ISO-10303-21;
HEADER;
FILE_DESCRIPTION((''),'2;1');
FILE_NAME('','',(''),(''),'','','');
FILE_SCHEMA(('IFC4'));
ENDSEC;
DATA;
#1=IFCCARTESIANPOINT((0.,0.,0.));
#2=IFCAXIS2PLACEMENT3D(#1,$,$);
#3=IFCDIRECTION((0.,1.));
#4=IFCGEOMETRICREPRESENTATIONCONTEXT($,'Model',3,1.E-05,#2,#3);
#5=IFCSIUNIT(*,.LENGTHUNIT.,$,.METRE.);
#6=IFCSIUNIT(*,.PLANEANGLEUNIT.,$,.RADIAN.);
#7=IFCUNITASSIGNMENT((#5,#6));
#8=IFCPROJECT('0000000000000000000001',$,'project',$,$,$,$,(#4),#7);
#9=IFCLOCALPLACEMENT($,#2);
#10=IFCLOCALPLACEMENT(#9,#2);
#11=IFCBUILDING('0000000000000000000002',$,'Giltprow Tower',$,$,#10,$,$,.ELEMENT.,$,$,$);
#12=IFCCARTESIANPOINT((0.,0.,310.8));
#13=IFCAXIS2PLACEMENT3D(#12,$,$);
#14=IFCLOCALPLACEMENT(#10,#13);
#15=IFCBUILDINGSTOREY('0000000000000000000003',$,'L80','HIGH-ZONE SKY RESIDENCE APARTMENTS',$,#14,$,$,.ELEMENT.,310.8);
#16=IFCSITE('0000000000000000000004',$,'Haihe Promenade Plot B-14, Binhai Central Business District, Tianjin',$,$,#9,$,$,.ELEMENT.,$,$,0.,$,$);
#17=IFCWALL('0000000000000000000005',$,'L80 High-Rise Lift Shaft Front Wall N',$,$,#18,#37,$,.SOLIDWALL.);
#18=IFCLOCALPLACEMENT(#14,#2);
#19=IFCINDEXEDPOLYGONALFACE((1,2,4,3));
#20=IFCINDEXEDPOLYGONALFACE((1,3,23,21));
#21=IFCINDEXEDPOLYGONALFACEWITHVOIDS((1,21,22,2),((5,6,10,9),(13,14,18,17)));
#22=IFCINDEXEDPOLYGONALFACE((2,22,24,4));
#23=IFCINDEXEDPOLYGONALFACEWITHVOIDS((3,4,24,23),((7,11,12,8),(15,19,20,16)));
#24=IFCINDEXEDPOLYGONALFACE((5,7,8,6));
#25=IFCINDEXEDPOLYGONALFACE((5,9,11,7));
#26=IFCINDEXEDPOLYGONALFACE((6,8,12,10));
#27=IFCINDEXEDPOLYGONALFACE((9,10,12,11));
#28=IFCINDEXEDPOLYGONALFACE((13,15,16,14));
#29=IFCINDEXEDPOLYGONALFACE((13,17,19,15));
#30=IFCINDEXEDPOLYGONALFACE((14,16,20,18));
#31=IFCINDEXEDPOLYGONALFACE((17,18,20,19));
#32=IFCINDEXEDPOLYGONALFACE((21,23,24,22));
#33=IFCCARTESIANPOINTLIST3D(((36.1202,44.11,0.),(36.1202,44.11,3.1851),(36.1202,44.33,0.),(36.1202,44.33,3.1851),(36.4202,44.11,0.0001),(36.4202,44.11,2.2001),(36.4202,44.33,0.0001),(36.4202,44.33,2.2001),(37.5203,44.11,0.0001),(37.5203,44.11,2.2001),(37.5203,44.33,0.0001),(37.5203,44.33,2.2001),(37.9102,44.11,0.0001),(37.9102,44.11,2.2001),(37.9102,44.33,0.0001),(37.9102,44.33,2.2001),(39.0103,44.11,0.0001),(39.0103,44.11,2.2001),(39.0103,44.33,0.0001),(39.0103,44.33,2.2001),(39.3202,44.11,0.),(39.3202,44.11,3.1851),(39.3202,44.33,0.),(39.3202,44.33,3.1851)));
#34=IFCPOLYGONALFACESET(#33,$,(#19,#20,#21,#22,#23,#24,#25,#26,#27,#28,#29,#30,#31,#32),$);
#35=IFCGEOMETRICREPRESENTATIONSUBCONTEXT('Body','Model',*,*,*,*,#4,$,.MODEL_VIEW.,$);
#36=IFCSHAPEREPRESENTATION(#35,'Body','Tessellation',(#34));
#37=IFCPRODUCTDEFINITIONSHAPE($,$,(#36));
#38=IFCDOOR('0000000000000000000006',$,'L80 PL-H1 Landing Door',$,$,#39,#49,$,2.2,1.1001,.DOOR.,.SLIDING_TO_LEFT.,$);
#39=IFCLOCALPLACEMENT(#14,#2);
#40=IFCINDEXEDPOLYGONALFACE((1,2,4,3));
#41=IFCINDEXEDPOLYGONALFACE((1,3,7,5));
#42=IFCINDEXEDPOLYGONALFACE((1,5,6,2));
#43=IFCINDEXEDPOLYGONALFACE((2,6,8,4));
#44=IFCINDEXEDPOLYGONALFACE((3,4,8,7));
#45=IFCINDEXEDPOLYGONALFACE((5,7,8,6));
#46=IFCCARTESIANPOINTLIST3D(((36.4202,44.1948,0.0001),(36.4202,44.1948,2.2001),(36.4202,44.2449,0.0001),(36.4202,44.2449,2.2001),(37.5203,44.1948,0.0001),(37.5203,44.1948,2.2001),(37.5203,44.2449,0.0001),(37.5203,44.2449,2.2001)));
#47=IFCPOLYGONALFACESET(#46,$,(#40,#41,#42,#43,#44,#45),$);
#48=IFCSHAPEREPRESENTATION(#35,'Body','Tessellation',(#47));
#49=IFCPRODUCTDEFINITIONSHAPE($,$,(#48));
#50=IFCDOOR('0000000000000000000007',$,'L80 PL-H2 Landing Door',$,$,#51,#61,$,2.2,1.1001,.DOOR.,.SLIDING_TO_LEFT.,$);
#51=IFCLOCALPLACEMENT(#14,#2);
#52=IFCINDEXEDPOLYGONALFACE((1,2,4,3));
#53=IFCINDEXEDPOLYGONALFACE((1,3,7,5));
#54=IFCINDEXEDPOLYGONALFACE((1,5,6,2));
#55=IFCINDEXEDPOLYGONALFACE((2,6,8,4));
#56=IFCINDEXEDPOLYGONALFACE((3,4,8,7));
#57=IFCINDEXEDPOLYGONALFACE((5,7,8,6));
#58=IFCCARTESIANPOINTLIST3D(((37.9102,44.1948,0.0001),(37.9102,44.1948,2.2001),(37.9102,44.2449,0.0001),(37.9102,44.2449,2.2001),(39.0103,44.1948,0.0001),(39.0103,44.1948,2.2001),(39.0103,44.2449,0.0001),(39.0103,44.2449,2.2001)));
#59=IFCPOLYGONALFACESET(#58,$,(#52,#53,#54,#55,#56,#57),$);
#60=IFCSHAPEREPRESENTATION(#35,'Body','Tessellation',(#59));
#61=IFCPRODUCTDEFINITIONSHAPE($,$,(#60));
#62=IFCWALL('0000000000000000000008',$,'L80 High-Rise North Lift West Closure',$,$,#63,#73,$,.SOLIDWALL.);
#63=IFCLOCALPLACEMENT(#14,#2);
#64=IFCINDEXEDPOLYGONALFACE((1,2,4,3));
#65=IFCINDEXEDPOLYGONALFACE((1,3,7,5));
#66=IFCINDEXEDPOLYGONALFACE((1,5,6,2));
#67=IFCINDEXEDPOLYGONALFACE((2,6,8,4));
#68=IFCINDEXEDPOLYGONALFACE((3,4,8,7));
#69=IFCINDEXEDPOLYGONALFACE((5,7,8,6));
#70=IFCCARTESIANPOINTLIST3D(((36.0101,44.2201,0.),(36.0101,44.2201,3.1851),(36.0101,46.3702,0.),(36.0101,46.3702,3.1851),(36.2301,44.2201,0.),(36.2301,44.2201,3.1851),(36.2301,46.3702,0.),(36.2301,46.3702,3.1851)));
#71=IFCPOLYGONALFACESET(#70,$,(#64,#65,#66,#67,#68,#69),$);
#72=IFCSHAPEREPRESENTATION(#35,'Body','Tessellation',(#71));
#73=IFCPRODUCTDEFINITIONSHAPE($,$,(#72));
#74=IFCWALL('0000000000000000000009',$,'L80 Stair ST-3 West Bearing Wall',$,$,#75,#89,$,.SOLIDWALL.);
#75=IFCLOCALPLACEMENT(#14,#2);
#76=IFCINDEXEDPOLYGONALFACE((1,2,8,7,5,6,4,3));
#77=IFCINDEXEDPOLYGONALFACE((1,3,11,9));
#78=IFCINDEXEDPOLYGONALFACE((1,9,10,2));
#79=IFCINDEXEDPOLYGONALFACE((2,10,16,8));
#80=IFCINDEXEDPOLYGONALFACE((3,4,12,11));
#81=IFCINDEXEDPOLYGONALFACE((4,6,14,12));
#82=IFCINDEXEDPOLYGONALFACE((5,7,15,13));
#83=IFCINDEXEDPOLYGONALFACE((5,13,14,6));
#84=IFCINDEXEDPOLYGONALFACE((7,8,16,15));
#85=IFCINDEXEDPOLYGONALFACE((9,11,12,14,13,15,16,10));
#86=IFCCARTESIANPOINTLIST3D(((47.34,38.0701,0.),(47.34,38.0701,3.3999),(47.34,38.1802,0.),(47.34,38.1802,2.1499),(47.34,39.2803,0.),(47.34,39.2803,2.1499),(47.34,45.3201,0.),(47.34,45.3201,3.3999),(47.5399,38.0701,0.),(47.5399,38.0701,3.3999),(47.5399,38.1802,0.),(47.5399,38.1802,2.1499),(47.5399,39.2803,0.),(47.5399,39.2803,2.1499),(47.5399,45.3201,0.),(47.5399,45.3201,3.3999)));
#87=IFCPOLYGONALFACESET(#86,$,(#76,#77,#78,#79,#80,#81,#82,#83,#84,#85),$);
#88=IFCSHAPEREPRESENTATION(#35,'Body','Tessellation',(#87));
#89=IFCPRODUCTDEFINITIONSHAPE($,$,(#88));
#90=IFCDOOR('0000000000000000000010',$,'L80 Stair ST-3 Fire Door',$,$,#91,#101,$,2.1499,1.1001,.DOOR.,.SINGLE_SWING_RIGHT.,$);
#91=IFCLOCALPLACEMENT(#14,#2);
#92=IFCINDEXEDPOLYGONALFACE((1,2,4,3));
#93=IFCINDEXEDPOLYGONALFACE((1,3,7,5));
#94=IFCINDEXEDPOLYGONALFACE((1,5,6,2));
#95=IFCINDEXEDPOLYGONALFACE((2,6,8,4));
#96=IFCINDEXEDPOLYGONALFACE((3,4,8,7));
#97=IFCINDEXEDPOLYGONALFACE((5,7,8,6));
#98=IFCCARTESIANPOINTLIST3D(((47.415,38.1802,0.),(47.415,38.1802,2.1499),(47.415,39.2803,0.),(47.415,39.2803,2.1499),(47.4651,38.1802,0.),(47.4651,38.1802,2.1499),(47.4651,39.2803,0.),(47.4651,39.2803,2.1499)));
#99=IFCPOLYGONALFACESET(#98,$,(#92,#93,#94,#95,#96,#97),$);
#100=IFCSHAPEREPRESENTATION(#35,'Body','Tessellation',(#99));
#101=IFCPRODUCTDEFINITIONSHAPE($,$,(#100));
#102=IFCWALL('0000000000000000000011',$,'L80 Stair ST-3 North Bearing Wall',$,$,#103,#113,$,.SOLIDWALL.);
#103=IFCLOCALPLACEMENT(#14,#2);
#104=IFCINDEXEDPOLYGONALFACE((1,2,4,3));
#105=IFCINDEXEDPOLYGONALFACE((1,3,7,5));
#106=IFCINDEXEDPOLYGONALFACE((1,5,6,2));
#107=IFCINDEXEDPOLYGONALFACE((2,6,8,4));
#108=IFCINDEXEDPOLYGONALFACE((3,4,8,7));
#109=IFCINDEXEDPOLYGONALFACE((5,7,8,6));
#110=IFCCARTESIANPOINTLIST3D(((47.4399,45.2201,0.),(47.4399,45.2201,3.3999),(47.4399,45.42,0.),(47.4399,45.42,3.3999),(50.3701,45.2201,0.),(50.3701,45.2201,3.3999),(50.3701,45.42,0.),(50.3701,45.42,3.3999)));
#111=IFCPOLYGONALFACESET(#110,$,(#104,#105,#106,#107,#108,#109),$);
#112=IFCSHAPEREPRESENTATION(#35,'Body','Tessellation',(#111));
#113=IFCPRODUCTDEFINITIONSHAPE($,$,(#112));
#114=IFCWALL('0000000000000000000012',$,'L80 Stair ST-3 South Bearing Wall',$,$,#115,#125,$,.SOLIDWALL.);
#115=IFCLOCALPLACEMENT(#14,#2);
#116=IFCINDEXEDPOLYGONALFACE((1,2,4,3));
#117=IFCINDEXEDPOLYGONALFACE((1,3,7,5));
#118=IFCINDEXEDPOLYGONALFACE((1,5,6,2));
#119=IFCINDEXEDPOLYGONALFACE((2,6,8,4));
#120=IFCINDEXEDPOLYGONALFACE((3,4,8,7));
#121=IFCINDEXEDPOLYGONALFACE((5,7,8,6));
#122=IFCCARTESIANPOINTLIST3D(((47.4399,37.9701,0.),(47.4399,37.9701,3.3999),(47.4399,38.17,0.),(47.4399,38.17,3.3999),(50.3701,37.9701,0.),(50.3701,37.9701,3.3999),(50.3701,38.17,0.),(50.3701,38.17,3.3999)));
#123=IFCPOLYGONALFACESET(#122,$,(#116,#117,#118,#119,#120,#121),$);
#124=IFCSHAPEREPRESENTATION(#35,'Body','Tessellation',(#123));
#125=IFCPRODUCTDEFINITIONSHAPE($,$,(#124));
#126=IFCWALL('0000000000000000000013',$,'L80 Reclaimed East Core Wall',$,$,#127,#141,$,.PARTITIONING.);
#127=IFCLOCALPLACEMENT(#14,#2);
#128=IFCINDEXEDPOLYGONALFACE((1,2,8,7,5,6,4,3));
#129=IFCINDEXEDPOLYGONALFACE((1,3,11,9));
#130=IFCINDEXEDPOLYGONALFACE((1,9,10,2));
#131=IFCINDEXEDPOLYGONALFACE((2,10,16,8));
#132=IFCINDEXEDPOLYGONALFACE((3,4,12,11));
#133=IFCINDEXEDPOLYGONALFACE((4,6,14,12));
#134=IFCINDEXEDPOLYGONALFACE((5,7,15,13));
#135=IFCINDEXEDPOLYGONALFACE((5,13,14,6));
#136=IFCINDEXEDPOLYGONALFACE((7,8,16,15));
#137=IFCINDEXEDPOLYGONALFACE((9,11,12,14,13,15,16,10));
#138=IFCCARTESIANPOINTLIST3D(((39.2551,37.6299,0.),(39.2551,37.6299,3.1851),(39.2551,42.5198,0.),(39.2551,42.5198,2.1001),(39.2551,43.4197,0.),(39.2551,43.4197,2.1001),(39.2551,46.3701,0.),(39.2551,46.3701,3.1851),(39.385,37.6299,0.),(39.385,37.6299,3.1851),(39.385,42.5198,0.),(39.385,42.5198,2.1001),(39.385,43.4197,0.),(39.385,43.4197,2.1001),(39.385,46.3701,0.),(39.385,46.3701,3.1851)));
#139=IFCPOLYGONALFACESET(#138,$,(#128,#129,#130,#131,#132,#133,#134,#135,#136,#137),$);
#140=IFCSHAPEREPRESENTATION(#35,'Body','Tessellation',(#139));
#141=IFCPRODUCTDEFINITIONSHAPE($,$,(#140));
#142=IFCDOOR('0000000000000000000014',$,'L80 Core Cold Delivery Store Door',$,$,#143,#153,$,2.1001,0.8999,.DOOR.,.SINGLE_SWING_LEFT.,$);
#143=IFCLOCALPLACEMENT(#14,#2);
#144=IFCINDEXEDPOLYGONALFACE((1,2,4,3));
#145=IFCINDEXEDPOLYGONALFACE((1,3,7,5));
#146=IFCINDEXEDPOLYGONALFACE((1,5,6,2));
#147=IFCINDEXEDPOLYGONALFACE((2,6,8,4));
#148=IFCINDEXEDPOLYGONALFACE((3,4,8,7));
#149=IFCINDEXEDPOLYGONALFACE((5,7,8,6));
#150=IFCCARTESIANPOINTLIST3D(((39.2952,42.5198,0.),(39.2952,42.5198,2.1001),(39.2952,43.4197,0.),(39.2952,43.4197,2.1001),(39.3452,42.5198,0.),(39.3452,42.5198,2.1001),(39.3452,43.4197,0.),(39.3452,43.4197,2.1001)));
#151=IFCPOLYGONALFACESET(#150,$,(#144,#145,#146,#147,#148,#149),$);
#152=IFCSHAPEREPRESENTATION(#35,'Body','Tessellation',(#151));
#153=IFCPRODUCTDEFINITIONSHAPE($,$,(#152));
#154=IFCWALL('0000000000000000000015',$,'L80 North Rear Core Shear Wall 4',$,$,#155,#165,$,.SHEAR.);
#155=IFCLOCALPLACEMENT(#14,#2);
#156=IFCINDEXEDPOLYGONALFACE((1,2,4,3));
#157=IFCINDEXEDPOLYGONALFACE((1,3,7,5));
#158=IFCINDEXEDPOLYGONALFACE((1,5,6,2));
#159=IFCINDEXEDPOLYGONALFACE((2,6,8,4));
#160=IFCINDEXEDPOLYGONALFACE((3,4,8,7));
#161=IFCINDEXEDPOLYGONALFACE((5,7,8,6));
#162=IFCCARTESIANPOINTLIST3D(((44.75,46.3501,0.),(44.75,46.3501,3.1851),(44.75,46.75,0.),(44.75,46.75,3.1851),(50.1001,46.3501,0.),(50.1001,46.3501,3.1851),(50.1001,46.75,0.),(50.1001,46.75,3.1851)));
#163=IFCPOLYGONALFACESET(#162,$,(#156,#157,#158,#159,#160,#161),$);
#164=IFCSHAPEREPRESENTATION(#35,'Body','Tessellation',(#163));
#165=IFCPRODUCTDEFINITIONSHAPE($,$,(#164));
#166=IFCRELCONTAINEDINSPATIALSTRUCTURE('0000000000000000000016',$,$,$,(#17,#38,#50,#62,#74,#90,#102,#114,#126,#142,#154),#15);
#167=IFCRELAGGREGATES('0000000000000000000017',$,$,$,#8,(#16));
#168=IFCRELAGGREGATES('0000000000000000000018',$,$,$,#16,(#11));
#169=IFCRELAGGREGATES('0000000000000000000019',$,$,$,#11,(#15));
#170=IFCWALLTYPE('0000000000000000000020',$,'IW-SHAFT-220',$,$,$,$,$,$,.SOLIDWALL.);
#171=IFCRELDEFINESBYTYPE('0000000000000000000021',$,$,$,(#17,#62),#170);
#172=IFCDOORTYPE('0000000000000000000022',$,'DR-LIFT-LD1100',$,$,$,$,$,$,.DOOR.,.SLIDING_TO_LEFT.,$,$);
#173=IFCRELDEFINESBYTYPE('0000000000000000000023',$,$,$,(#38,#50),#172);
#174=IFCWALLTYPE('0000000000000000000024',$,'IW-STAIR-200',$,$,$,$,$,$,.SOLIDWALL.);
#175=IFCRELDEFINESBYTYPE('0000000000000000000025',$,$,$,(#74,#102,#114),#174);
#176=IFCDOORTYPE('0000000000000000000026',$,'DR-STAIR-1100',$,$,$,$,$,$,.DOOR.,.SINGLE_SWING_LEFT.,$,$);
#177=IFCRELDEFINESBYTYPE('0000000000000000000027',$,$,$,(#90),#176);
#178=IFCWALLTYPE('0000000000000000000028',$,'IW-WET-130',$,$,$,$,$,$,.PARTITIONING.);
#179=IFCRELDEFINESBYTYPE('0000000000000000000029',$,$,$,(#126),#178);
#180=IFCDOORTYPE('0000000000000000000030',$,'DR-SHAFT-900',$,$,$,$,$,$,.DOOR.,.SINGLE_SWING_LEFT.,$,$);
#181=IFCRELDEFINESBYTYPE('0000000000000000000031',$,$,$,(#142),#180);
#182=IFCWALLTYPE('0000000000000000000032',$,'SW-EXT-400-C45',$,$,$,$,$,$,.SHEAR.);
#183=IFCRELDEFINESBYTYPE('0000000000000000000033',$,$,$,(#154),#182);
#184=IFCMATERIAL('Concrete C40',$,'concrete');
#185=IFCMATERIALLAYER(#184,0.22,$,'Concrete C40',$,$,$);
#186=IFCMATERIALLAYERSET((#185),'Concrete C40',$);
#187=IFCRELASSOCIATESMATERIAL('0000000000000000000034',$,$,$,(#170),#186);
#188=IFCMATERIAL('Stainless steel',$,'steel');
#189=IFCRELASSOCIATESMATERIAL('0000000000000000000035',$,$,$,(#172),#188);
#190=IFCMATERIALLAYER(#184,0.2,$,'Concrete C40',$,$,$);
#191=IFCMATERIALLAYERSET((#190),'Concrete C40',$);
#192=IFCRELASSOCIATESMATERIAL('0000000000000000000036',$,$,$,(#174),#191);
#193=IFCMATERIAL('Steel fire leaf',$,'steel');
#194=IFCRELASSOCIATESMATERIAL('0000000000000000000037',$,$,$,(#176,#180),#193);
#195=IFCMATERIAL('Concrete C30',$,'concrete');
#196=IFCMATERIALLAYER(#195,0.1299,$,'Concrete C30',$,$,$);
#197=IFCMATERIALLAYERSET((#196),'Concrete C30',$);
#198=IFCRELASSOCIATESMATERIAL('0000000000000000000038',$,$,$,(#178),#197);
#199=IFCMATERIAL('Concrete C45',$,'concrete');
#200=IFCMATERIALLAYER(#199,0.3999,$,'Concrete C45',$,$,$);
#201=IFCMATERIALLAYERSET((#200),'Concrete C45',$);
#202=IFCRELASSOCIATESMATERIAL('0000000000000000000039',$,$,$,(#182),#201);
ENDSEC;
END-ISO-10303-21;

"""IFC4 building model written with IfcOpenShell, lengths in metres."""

from ifc_helpers import new_model, si_unit, direction, frame, frame_2d, origin, place, context, subcontext, project, spatial, rectangle, extrude, source, transform, mapped, material, layer, layer_set, type_object, element, fill, save


model = new_model("IFC4")

# Units and contexts
model_context = context("Model", 3, precision=1e-05, world=origin(), true_north=direction((0.0, 1.0)))
body_context = subcontext(model_context, "Body", "Model", "MODEL_VIEW")
ifc_project = project(units=[si_unit("LENGTHUNIT", "METRE"), si_unit("PLANEANGLEUNIT", "RADIAN")], contexts=[model_context])

# Site, building, storey
site_placement = place(None, origin())
site = spatial("IfcSite", under=ifc_project, at=site_placement, Name="Haihe Promenade Plot B-14, Binhai Central Business District, Tianjin", CompositionType="ELEMENT", RefElevation=0.0)
building_placement = place(site_placement, origin())
building = spatial("IfcBuilding", under=site, at=building_placement, Name="Giltprow Tower", CompositionType="ELEMENT")
storey_placement = place(building_placement, frame((0.0, 0.0, 310.8)))
storey = spatial("IfcBuildingStorey", under=building, at=storey_placement, Name="L80", Description="HIGH-ZONE SKY RESIDENCE APARTMENTS", CompositionType="ELEMENT", Elevation=310.8)

# Shared definitions
ifc_material_1 = material(Name="Concrete C45", Category="concrete")

# Shared definitions
ifc_material_2 = material(Name="Concrete C40", Category="concrete")
ifc_layer_1 = layer(ifc_material_2, 0.22, Name="Concrete C40")
ifc_layer_set_1 = layer_set([ifc_layer_1], Name="Concrete C40")
wall_type_1 = type_object("IfcWallType", Name="IW-SHAFT-220", PredefinedType="SOLIDWALL", material=ifc_layer_set_1)
ifc_material_3 = material(Name="Stainless steel", Category="steel")
door_type_1 = type_object("IfcDoorType", Name="DR-LIFT-LD1100", OperationType="SLIDING_TO_LEFT", PredefinedType="DOOR", material=ifc_material_3)
shared_shape_1 = source(origin(), body_context, "Body", "SweptSolid", [
    extrude(rectangle(XDim=1.1001, YDim=2.2, at=frame_2d((0.55, 1.1001))), frame((0.0, 0.0249, 0.0), z_axis=(0.0, -1.0, 0.0), x_axis=(1.0, 0.0, 0.0)), (0.0, 0.0, 1.0), 0.05),
])

# Wall, openings, doors
wall_1_placement = place(storey_placement, frame((36.1201, 44.22, 0.0), z_axis=(0.0, 0.0, 1.0), x_axis=(1.0, 0.0, 0.0)))
wall_1 = element("IfcWall", 1, at=wall_1_placement, inside=storey, type_object=wall_type_1, Name="L80 High-Rise Lift Shaft Front Wall N", PredefinedType="SOLIDWALL", context=body_context, shape_type="SweptSolid", body=[
    extrude(rectangle(XDim=3.2, YDim=0.22, at=frame_2d((1.6001, 0.0))), origin(), (0.0, 0.0, 1.0), 3.1851),
])
opening_1_placement = place(wall_1_placement, frame((0.3, 0.0, 0.0)))
opening_1 = element("IfcOpeningElement", 2, at=opening_1_placement, cuts=wall_1, PredefinedType="OPENING", context=body_context, shape_type="SweptSolid", body=[
    extrude(rectangle(XDim=1.1001, YDim=2.2, at=frame_2d((0.55, 1.1001))), frame((0.0, 0.1199, 0.0), z_axis=(0.0, -1.0, 0.0), x_axis=(1.0, 0.0, 0.0)), (0.0, 0.0, 1.0), 0.24),
])
opening_2_placement = place(wall_1_placement, frame((1.79, 0.0, 0.0)))
opening_2 = element("IfcOpeningElement", 3, at=opening_2_placement, cuts=wall_1, PredefinedType="OPENING", context=body_context, shape_type="SweptSolid", body=[
    extrude(rectangle(XDim=1.1001, YDim=2.2, at=frame_2d((0.55, 1.1001))), frame((0.0, 0.1199, 0.0), z_axis=(0.0, -1.0, 0.0), x_axis=(1.0, 0.0, 0.0)), (0.0, 0.0, 1.0), 0.24),
])
door_1_placement = place(opening_1_placement, origin())
door_1 = element("IfcDoor", 4, at=door_1_placement, inside=storey, type_object=door_type_1, Name="L80 PL-H1 Landing Door", OperationType="SLIDING_TO_LEFT", OverallHeight=2.2, OverallWidth=1.1001, PredefinedType="DOOR", context=body_context, shape_type="MappedRepresentation", body=[
    mapped(shared_shape_1, transform((0.0, 0.0, 0.0), x_axis=(1.0, 0.0, 0.0), y_axis=(0.0, 1.0, 0.0), z_axis=(0.0, 0.0, 1.0), scale=1.0)),
])
fill(opening_1, door_1)
door_2_placement = place(opening_2_placement, origin())
door_2 = element("IfcDoor", 5, at=door_2_placement, inside=storey, type_object=door_type_1, Name="L80 PL-H2 Landing Door", OperationType="SLIDING_TO_LEFT", OverallHeight=2.2, OverallWidth=1.1001, PredefinedType="DOOR", context=body_context, shape_type="MappedRepresentation", body=[
    mapped(shared_shape_1, transform((0.0, 0.0, 0.0), x_axis=(1.0, 0.0, 0.0), y_axis=(0.0, 1.0, 0.0), z_axis=(0.0, 0.0, 1.0), scale=1.0)),
])
fill(opening_2, door_2)

# Wall
wall_2_placement = place(storey_placement, frame((36.1201, 44.22, 0.0), z_axis=(0.0, 0.0, 1.0), x_axis=(0.0, 1.0, 0.0)))
element("IfcWall", 6, at=wall_2_placement, inside=storey, type_object=wall_type_1, Name="L80 High-Rise North Lift West Closure", PredefinedType="SOLIDWALL", context=body_context, shape_type="SweptSolid", body=[
    extrude(rectangle(XDim=2.1501, YDim=0.22, at=frame_2d((1.0752, 0.0))), origin(), (0.0, 0.0, 1.0), 3.1851),
])

# Wall, opening, door
ifc_layer_2 = layer(ifc_material_2, 0.2, Name="Concrete C40")
ifc_layer_set_2 = layer_set([ifc_layer_2], Name="Concrete C40")
wall_type_2 = type_object("IfcWallType", Name="IW-STAIR-200", PredefinedType="SOLIDWALL", material=ifc_layer_set_2)
wall_3_placement = place(storey_placement, frame((47.4399, 38.0701, 0.0), z_axis=(0.0, 0.0, 1.0), x_axis=(0.0, 1.0, 0.0)))
wall_3 = element("IfcWall", 7, at=wall_3_placement, inside=storey, type_object=wall_type_2, Name="L80 Stair ST-3 West Bearing Wall", PredefinedType="SOLIDWALL", context=body_context, shape_type="SweptSolid", body=[
    extrude(rectangle(XDim=7.25, YDim=0.2, at=frame_2d((3.625, 0.0))), origin(), (0.0, 0.0, 1.0), 3.3999),
])
opening_3_placement = place(wall_3_placement, frame((0.1101, 0.0, 0.0)))
opening_3 = element("IfcOpeningElement", 8, at=opening_3_placement, cuts=wall_3, PredefinedType="OPENING", context=body_context, shape_type="SweptSolid", body=[
    extrude(rectangle(XDim=1.1001, YDim=2.1499, at=frame_2d((0.55, 1.075))), frame((0.0, 0.1099, 0.0), z_axis=(0.0, -1.0, 0.0), x_axis=(1.0, 0.0, 0.0)), (0.0, 0.0, 1.0), 0.22),
])
ifc_material_4 = material(Name="Steel fire leaf", Category="steel")
door_type_2 = type_object("IfcDoorType", Name="DR-STAIR-1100", OperationType="SINGLE_SWING_LEFT", PredefinedType="DOOR", material=ifc_material_4)
shared_shape_2 = source(origin(), body_context, "Body", "SweptSolid", [
    extrude(rectangle(XDim=1.1001, YDim=2.1499, at=frame_2d((0.55, 1.075))), frame((0.0, 0.0249, 0.0), z_axis=(0.0, -1.0, 0.0), x_axis=(1.0, 0.0, 0.0)), (0.0, 0.0, 1.0), 0.05),
])
door_3_placement = place(opening_3_placement, origin())
door_3 = element("IfcDoor", 9, at=door_3_placement, inside=storey, type_object=door_type_2, Name="L80 Stair ST-3 Fire Door", OperationType="SINGLE_SWING_RIGHT", OverallHeight=2.1499, OverallWidth=1.1001, PredefinedType="DOOR", context=body_context, shape_type="MappedRepresentation", body=[
    mapped(shared_shape_2, transform((0.0, 0.0, 0.0), x_axis=(1.0, 0.0, 0.0), y_axis=(0.0, 1.0, 0.0), z_axis=(0.0, 0.0, 1.0), scale=1.0)),
])
fill(opening_3, door_3)

# Walls
for number, where, z_axis, x_axis, name in (
    (10, (47.4399, 45.3201, 0.0), (0.0, 0.0, 1.0), (1.0, 0.0, 0.0), "L80 Stair ST-3 North Bearing Wall"),
    (11, (47.4399, 38.0701, 0.0), (0.0, 0.0, 1.0), (1.0, 0.0, 0.0), "L80 Stair ST-3 South Bearing Wall"),
):
    element("IfcWall", number, at=place(storey_placement, frame(where, z_axis=z_axis, x_axis=x_axis)), inside=storey, type_object=wall_type_2, Name=name, PredefinedType="SOLIDWALL", context=body_context, shape_type="SweptSolid", body=[
        extrude(rectangle(XDim=2.9302, YDim=0.2, at=frame_2d((1.4651, 0.0))), origin(), (0.0, 0.0, 1.0), 3.3999),
    ])

# Wall, opening, door
ifc_material_5 = material(Name="Concrete C30", Category="concrete")
ifc_layer_3 = layer(ifc_material_5, 0.1299, Name="Concrete C30")
ifc_layer_set_3 = layer_set([ifc_layer_3], Name="Concrete C30")
wall_type_3 = type_object("IfcWallType", Name="IW-WET-130", PredefinedType="PARTITIONING", material=ifc_layer_set_3)
wall_4_placement = place(storey_placement, frame((39.3201, 37.6299, 0.0), z_axis=(0.0, 0.0, 1.0), x_axis=(0.0, 1.0, 0.0)))
wall_4 = element("IfcWall", 12, at=wall_4_placement, inside=storey, type_object=wall_type_3, Name="L80 Reclaimed East Core Wall", PredefinedType="PARTITIONING", context=body_context, shape_type="SweptSolid", body=[
    extrude(rectangle(XDim=8.7402, YDim=0.1299, at=frame_2d((4.3701, 0.0))), origin(), (0.0, 0.0, 1.0), 3.1851),
])
opening_4_placement = place(wall_4_placement, frame((4.8899, 0.0, 0.0)))
opening_4 = element("IfcOpeningElement", 13, at=opening_4_placement, cuts=wall_4, PredefinedType="OPENING", context=body_context, shape_type="SweptSolid", body=[
    extrude(rectangle(XDim=0.8999, YDim=2.1001, at=frame_2d((0.45, 1.05))), frame((0.0, 0.075, 0.0), z_axis=(0.0, -1.0, 0.0), x_axis=(1.0, 0.0, 0.0)), (0.0, 0.0, 1.0), 0.1499),
])
door_type_3 = type_object("IfcDoorType", Name="DR-SHAFT-900", OperationType="SINGLE_SWING_LEFT", PredefinedType="DOOR", material=ifc_material_4)
shared_shape_3 = source(origin(), body_context, "Body", "SweptSolid", [
    extrude(rectangle(XDim=0.8999, YDim=2.1001, at=frame_2d((0.45, 1.05))), frame((0.0, 0.0249, 0.0), z_axis=(0.0, -1.0, 0.0), x_axis=(1.0, 0.0, 0.0)), (0.0, 0.0, 1.0), 0.05),
])
door_4_placement = place(opening_4_placement, origin())
door_4 = element("IfcDoor", 14, at=door_4_placement, inside=storey, type_object=door_type_3, Name="L80 Core Cold Delivery Store Door", OperationType="SINGLE_SWING_LEFT", OverallHeight=2.1001, OverallWidth=0.8999, PredefinedType="DOOR", context=body_context, shape_type="MappedRepresentation", body=[
    mapped(shared_shape_3, transform((0.0, 0.0, 0.0), x_axis=(1.0, 0.0, 0.0), y_axis=(0.0, 1.0, 0.0), z_axis=(0.0, 0.0, 1.0), scale=1.0)),
])
fill(opening_4, door_4)

# Wall
ifc_layer_4 = layer(ifc_material_1, 0.3999, Name="Concrete C45")
ifc_layer_set_4 = layer_set([ifc_layer_4], Name="Concrete C45")
wall_type_4 = type_object("IfcWallType", Name="SW-EXT-400-C45", PredefinedType="SHEAR", material=ifc_layer_set_4)
wall_5_placement = place(storey_placement, frame((44.75, 46.55, 0.0), z_axis=(0.0, 0.0, 1.0), x_axis=(1.0, 0.0, 0.0)))
element("IfcWall", 15, at=wall_5_placement, inside=storey, type_object=wall_type_4, Name="L80 North Rear Core Shear Wall 4", PredefinedType="SHEAR", context=body_context, shape_type="SweptSolid", body=[
    extrude(rectangle(XDim=5.3501, YDim=0.3999, at=frame_2d((2.675, 0.0))), origin(), (0.0, 0.0, 1.0), 3.1851),
])

save(model, "model.ifc")
